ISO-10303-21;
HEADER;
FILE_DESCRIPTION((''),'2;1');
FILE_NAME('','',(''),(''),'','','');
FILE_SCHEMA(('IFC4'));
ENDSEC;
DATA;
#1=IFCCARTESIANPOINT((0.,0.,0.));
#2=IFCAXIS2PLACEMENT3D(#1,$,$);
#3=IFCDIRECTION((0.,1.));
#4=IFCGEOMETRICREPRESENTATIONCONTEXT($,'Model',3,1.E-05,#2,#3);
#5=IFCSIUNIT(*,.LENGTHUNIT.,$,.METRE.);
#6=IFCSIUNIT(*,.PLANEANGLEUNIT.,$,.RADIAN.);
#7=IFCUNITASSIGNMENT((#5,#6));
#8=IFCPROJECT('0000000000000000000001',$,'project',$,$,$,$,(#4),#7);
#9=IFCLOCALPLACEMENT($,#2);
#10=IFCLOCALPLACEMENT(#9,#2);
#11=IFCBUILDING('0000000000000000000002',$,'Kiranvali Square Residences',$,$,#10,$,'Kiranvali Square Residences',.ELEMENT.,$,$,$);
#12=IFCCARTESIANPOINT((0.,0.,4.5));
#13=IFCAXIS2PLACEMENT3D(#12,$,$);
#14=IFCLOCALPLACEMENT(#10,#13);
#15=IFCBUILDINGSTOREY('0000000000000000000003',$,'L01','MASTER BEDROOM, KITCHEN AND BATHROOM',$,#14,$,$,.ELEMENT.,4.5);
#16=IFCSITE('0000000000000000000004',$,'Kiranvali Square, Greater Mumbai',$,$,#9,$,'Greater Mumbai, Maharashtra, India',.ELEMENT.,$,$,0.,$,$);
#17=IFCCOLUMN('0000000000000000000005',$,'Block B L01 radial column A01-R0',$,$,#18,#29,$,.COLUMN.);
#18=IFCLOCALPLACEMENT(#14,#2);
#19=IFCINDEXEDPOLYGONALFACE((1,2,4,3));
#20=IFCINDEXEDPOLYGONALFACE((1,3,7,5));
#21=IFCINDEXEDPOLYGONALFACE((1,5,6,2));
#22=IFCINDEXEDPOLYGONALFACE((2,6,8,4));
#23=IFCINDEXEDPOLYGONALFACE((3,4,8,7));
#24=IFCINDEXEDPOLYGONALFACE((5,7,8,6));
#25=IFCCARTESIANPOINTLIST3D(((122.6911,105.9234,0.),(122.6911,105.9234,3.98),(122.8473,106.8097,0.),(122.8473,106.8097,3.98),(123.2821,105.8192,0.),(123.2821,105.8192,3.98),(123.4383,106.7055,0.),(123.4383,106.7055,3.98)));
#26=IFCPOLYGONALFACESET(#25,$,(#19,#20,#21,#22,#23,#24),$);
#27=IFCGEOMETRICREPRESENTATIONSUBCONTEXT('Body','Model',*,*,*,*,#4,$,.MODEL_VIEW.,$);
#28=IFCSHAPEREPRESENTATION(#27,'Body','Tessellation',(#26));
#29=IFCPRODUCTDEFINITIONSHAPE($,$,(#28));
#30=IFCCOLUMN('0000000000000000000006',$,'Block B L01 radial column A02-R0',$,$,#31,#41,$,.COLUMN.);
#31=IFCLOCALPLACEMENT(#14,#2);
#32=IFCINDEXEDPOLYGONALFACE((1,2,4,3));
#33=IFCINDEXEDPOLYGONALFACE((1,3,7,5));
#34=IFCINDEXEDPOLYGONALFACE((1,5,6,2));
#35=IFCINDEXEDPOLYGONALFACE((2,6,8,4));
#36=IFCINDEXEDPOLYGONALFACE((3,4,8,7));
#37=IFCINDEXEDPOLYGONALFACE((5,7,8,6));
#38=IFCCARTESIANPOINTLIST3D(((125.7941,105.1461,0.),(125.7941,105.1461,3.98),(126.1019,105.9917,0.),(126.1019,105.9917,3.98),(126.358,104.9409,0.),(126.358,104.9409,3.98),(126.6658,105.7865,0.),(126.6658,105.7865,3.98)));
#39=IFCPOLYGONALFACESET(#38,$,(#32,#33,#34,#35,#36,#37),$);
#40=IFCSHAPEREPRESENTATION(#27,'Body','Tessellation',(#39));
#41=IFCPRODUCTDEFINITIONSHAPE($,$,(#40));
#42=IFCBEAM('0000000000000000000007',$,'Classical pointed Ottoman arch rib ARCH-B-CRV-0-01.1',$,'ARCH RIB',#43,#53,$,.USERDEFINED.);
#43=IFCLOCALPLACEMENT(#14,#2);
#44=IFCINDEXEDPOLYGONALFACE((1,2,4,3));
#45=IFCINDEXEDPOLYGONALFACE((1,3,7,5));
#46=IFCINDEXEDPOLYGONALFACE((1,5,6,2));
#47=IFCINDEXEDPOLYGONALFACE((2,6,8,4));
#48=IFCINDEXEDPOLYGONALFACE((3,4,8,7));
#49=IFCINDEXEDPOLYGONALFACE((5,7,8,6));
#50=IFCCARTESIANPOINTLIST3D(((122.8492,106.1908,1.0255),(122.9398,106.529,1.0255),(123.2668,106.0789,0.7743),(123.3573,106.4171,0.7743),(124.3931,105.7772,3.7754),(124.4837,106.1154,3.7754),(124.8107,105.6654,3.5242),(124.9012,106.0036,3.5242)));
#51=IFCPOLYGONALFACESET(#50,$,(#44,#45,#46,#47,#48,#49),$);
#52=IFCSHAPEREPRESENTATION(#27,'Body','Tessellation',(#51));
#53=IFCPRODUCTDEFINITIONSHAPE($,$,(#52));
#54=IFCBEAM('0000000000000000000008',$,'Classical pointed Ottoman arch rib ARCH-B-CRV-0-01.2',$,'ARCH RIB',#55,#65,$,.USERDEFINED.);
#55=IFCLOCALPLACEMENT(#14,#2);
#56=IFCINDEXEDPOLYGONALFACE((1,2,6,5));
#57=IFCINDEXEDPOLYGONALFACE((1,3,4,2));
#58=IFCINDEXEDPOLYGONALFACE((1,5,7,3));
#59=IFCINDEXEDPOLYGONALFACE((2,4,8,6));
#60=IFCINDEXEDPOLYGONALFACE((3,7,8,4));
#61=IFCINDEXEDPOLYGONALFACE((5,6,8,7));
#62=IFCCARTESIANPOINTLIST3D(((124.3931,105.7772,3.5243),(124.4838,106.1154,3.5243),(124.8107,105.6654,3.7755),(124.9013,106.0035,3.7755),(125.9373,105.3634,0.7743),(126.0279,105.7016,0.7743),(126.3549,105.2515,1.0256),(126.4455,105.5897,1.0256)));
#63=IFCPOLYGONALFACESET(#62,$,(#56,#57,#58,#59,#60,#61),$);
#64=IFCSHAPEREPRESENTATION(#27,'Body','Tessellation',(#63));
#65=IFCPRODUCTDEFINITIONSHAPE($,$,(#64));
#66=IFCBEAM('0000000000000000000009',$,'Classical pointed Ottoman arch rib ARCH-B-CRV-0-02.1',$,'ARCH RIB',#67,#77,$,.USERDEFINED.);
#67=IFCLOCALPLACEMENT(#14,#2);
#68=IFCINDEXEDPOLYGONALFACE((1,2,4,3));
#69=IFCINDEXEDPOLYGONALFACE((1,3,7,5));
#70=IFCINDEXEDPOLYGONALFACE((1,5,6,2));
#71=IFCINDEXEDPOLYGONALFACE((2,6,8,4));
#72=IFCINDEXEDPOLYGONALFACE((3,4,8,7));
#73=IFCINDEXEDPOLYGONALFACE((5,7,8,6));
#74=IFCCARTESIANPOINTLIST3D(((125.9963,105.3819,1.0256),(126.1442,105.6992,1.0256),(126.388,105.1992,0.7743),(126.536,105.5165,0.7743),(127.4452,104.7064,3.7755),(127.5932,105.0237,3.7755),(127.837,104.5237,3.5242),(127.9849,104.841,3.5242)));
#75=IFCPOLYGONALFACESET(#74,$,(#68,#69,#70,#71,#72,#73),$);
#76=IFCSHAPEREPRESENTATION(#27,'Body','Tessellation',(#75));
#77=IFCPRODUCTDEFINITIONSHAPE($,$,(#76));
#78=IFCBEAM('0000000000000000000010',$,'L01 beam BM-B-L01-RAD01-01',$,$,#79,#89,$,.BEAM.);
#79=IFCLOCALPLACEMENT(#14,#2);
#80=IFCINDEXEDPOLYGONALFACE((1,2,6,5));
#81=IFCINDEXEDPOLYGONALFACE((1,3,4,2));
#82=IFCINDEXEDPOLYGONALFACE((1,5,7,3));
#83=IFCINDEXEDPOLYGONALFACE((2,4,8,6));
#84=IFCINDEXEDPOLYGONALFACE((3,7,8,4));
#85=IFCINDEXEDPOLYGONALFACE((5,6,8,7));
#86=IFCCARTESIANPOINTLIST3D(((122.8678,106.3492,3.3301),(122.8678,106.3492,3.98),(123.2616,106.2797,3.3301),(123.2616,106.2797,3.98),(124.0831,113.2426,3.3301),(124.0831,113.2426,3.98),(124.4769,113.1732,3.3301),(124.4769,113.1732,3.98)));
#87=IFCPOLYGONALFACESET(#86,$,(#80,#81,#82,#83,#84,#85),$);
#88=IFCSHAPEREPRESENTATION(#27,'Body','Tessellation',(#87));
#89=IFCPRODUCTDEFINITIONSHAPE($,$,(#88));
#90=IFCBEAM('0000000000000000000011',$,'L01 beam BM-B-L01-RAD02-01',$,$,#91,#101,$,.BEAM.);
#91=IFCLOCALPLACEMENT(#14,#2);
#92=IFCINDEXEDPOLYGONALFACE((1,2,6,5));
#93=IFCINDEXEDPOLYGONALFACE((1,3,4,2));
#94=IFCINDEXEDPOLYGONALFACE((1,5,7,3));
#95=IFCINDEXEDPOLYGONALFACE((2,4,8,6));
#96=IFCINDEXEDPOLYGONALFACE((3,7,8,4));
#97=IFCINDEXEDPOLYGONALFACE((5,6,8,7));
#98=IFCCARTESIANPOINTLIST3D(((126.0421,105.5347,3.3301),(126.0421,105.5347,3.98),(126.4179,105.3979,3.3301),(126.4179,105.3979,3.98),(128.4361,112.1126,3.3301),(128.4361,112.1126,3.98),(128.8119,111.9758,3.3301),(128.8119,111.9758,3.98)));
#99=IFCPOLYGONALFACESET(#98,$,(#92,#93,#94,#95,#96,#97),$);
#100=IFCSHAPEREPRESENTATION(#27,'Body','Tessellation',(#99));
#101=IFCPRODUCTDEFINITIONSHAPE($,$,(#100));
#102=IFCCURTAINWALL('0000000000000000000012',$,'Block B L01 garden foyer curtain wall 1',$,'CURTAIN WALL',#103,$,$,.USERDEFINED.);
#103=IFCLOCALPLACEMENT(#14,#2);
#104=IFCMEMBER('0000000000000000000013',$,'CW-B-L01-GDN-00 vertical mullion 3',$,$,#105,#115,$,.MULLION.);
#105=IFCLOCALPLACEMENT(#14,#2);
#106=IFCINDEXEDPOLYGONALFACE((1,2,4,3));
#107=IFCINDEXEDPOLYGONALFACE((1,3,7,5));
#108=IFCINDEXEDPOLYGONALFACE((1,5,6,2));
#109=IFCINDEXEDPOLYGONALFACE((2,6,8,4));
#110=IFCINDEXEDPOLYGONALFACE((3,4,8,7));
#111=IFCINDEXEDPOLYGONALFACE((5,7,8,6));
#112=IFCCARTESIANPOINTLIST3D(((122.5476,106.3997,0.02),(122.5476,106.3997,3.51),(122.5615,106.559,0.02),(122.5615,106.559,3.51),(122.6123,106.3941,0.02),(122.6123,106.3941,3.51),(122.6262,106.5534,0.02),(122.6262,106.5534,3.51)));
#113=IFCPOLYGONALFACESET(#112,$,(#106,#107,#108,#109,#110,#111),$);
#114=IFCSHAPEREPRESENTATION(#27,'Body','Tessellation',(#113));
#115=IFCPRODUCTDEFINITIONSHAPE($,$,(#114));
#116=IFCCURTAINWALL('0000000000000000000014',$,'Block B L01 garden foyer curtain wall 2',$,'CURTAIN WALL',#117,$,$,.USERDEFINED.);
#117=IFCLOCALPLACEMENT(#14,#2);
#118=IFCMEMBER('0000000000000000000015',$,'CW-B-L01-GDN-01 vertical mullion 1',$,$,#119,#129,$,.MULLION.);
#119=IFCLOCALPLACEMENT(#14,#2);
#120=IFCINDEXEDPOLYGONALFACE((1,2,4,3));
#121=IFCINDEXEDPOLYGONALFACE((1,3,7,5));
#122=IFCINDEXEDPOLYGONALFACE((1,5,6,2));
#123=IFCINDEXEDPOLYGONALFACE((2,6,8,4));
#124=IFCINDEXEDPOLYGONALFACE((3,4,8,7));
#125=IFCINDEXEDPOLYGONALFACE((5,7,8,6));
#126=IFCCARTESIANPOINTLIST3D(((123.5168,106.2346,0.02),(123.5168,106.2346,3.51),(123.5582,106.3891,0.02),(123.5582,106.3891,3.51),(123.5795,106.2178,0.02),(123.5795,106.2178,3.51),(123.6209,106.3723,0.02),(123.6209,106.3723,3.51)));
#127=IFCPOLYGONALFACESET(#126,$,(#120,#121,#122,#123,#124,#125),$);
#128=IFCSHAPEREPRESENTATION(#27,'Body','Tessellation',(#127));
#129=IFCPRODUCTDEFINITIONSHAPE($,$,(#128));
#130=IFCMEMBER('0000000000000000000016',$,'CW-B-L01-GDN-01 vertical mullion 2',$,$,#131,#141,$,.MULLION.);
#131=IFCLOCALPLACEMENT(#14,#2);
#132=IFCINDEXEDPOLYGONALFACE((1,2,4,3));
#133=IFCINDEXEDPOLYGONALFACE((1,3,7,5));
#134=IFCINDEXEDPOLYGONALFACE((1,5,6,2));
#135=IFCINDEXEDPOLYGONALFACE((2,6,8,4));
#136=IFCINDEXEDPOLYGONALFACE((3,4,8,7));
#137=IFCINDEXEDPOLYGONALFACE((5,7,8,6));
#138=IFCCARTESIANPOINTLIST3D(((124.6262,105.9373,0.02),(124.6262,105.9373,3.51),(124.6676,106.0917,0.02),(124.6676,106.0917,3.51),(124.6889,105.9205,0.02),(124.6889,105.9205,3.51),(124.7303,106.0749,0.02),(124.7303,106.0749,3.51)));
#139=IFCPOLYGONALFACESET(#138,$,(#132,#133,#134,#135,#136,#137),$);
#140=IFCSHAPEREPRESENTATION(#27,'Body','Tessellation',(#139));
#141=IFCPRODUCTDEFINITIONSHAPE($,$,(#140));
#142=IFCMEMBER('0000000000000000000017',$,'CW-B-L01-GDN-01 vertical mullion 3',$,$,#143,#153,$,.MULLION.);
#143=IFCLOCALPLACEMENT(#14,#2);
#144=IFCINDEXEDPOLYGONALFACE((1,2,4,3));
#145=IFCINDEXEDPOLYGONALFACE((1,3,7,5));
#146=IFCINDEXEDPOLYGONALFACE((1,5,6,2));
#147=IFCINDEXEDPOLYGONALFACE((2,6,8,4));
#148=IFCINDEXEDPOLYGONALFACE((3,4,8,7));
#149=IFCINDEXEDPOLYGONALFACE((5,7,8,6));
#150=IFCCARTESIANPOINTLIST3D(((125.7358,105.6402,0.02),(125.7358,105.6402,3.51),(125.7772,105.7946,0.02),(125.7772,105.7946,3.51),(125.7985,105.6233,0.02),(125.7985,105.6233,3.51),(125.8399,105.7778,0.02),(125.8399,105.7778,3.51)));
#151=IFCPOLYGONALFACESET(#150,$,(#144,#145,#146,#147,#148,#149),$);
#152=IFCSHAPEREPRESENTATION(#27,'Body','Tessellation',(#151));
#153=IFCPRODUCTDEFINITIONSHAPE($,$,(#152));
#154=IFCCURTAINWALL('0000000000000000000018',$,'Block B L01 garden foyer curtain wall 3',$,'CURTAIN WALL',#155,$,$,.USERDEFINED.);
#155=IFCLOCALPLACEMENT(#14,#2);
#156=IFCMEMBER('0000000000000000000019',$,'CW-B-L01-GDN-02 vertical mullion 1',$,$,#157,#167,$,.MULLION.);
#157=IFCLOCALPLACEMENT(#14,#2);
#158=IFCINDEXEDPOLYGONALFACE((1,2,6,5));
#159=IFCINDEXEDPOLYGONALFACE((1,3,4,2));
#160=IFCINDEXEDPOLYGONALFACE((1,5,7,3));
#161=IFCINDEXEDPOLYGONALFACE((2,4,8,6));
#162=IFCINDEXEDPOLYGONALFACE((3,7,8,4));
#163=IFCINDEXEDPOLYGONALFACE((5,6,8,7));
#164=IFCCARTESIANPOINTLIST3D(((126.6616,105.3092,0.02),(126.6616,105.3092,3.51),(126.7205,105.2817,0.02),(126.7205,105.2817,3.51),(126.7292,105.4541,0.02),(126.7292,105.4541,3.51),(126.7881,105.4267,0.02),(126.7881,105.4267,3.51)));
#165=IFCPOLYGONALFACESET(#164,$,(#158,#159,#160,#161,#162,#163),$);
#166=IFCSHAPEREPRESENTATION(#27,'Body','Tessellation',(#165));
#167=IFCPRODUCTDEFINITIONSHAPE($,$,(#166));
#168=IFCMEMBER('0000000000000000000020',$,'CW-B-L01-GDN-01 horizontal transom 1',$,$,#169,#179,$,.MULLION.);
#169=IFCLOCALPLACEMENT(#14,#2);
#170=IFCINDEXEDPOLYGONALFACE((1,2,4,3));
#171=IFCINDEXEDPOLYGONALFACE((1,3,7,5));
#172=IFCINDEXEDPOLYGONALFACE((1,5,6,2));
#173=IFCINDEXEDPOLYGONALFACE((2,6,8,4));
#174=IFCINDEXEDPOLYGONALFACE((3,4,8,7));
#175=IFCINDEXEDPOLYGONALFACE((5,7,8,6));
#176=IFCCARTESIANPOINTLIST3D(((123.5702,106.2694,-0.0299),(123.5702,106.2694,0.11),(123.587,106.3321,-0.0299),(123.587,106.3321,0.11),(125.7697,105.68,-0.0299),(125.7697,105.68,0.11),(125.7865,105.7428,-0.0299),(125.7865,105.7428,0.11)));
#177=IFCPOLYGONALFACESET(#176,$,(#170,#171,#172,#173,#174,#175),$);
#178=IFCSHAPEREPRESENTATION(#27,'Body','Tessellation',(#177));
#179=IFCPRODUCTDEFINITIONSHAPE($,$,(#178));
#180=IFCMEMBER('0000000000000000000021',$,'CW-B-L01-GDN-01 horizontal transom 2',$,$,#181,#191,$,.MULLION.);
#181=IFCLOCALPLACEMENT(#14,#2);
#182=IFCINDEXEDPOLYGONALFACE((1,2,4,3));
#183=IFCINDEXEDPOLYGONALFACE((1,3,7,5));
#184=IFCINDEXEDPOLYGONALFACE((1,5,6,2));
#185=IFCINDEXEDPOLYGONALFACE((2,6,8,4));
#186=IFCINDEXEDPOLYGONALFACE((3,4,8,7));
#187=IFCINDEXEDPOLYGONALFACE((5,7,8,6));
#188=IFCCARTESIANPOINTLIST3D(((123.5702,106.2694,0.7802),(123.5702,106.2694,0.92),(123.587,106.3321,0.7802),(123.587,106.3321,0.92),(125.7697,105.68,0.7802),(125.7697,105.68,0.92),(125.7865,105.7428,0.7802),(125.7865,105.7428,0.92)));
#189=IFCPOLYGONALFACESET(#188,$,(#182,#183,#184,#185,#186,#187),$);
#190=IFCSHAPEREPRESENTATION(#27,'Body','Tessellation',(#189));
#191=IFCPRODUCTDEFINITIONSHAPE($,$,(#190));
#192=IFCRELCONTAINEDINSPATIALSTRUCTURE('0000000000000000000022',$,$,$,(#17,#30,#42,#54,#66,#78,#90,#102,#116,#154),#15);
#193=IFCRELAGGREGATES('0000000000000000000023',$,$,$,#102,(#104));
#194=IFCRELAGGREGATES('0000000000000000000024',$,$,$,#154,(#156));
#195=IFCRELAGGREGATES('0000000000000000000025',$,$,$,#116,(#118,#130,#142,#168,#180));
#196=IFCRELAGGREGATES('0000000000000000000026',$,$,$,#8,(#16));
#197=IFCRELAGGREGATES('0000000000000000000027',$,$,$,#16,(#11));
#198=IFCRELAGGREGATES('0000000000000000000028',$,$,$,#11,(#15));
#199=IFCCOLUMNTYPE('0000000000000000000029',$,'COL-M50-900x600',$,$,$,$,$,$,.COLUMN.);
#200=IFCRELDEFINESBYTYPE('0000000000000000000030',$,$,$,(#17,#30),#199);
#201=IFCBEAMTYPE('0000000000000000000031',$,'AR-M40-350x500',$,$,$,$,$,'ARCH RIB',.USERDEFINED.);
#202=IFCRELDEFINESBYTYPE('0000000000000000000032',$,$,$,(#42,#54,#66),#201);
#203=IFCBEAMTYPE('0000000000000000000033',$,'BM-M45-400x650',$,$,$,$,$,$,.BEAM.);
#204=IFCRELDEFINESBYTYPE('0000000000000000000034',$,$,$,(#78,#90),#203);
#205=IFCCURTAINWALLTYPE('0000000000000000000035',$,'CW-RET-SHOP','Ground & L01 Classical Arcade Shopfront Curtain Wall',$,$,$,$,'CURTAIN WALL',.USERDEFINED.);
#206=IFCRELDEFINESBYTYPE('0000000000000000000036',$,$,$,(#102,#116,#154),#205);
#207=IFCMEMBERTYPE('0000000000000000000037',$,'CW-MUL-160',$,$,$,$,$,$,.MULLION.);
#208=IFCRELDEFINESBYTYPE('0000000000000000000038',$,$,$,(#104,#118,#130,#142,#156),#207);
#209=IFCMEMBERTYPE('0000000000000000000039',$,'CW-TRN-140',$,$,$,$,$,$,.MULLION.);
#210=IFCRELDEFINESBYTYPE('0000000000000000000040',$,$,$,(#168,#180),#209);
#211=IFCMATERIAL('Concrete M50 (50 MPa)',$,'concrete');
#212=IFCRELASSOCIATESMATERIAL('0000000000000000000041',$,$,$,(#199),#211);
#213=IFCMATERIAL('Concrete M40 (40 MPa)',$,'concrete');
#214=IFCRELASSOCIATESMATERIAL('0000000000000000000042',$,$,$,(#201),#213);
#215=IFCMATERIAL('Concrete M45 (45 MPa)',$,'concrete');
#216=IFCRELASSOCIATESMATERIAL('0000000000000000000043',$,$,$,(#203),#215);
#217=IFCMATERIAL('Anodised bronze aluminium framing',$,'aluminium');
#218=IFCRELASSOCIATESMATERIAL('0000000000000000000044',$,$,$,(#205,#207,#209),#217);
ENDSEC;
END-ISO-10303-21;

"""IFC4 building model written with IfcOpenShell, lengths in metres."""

from ifc_helpers import new_model, si_unit, direction, frame, origin, origin_2d, place, context, subcontext, project, spatial, rectangle, extrude, material, material_profile, profile_set, type_object, element, aggregate, save


model = new_model("IFC4")

# Units and contexts
model_context = context("Model", 3, precision=1e-05, world=origin(), true_north=direction((0.0, 1.0)))
body_context = subcontext(model_context, "Body", "Model", "MODEL_VIEW")
ifc_project = project(units=[si_unit("LENGTHUNIT", "METRE"), si_unit("PLANEANGLEUNIT", "RADIAN")], contexts=[model_context])

# Site, building, storey
site_placement = place(None, origin())
site = spatial("IfcSite", under=ifc_project, at=site_placement, Name="Kiranvali Square, Greater Mumbai", LongName="Greater Mumbai, Maharashtra, India", CompositionType="ELEMENT", RefElevation=0.0)
building_placement = place(site_placement, origin())
building = spatial("IfcBuilding", under=site, at=building_placement, Name="Kiranvali Square Residences", LongName="Kiranvali Square Residences", CompositionType="ELEMENT")
storey_placement = place(building_placement, frame((0.0, 0.0, 4.5)))
storey = spatial("IfcBuildingStorey", under=building, at=storey_placement, Name="L01", Description="MASTER BEDROOM, KITCHEN AND BATHROOM", CompositionType="ELEMENT", Elevation=4.5)

# Columns
ifc_material_1 = material(Name="Concrete M50 (50 MPa)", Category="concrete")
ifc_material_profile_1 = material_profile(ifc_material_1, rectangle(XDim=0.6001, YDim=0.8999, at=origin_2d()), Name="RC 900x600")
ifc_profile_set_1 = profile_set([ifc_material_profile_1], Name="Concrete M50 (50 MPa)")
column_type = type_object("IfcColumnType", Name="COL-M50-900x600", PredefinedType="COLUMN", material=ifc_profile_set_1)
for number, where, z_axis, x_axis, name in (
    (1, (123.0647, 106.3145, 0.0), (0.0, 0.0, 1.0), (-0.984808, 0.173648, 0.0), "Block B L01 radial column A01-R0"),
    (2, (126.23, 105.4663, 0.0), (0.0, 0.0, 1.0), (-0.939693, 0.34202, 0.0), "Block B L01 radial column A02-R0"),
):
    element("IfcColumn", number, at=place(storey_placement, frame(where, z_axis=z_axis, x_axis=x_axis)), inside=storey, type_object=column_type, Name=name, PredefinedType="COLUMN", context=body_context, shape_type="SweptSolid", body=[
        extrude(rectangle(XDim=0.6001, YDim=0.8999, at=origin_2d()), origin(), (0.0, 0.0, 1.0), 3.98),
    ])

# Beams
ifc_material_2 = material(Name="Concrete M40 (40 MPa)", Category="concrete")
ifc_material_profile_2 = material_profile(ifc_material_2, rectangle(XDim=0.3501, YDim=0.5, at=origin_2d()), Name="RC 350x500")
ifc_profile_set_2 = profile_set([ifc_material_profile_2], Name="Concrete M40 (40 MPa)")
beam_type_1 = type_object("IfcBeamType", Name="AR-M40-350x500", ElementType="ARCH RIB", PredefinedType="USERDEFINED", material=ifc_profile_set_2)
beam_1_placement = place(storey_placement, frame((123.1033, 106.304, 0.8999), z_axis=(0.4854, -0.130023, 0.86457), x_axis=(0.258746, 0.965945, 0.0)))
element("IfcBeam", 3, at=beam_1_placement, inside=storey, type_object=beam_type_1, Name="Classical pointed Ottoman arch rib ARCH-B-CRV-0-01.1", ObjectType="ARCH RIB", PredefinedType="USERDEFINED", context=body_context, shape_type="SweptSolid", body=[
    extrude(rectangle(XDim=0.3501, YDim=0.5, at=origin_2d()), origin(), (0.0, 0.0, 1.0), 3.1807),
])
for number, where, z_axis, x_axis, name in (
    (4, (124.6472, 105.8904, 3.6499), (0.485453, -0.130094, -0.864529), (0.258851, 0.965917, 0.0), "Classical pointed Ottoman arch rib ARCH-B-CRV-0-01.2"),
    (5, (126.2661, 105.4492, 0.8999), (0.455518, -0.21237, 0.864524), (0.422551, 0.906339, 0.0), "Classical pointed Ottoman arch rib ARCH-B-CRV-0-02.1"),
):
    element("IfcBeam", number, at=place(storey_placement, frame(where, z_axis=z_axis, x_axis=x_axis)), inside=storey, type_object=beam_type_1, Name=name, ObjectType="ARCH RIB", PredefinedType="USERDEFINED", context=body_context, shape_type="SweptSolid", body=[
        extrude(rectangle(XDim=0.3501, YDim=0.5, at=origin_2d()), origin(), (0.0, 0.0, 1.0), 3.1809),
    ])
ifc_material_3 = material(Name="Concrete M45 (45 MPa)", Category="concrete")
ifc_material_profile_3 = material_profile(ifc_material_3, rectangle(XDim=0.3999, YDim=0.6499, at=origin_2d()), Name="RC 400x650")
ifc_profile_set_3 = profile_set([ifc_material_profile_3], Name="Concrete M45 (45 MPa)")
beam_type_2 = type_object("IfcBeamType", Name="BM-M45-400x650", PredefinedType="BEAM", material=ifc_profile_set_3)
beam_2_placement = place(storey_placement, frame((123.0647, 106.3145, 3.655), z_axis=(0.173622, 0.984812, 0.0), x_axis=(-0.984812, 0.173622, 0.0)))
element("IfcBeam", 6, at=beam_2_placement, inside=storey, type_object=beam_type_2, Name="L01 beam BM-B-L01-RAD01-01", PredefinedType="BEAM", context=body_context, shape_type="SweptSolid", body=[
    extrude(rectangle(XDim=0.3999, YDim=0.6499, at=origin_2d()), origin(), (0.0, 0.0, 1.0), 6.9998),
])
beam_3_placement = place(storey_placement, frame((126.23, 105.4663, 3.655), z_axis=(0.342006, 0.939698, 0.0), x_axis=(-0.939698, 0.342006, 0.0)))
element("IfcBeam", 7, at=beam_3_placement, inside=storey, type_object=beam_type_2, Name="L01 beam BM-B-L01-RAD02-01", PredefinedType="BEAM", context=body_context, shape_type="SweptSolid", body=[
    extrude(rectangle(XDim=0.3999, YDim=0.6499, at=origin_2d()), origin(), (0.0, 0.0, 1.0), 7.0),
])

# Curtain wall, member
ifc_material_4 = material(Name="Anodised bronze aluminium framing", Category="aluminium")
curtain_wall_type = type_object("IfcCurtainWallType", Name="CW-RET-SHOP", Description="Ground & L01 Classical Arcade Shopfront Curtain Wall", ElementType="CURTAIN WALL", PredefinedType="USERDEFINED", material=ifc_material_4)
curtain_wall_1_placement = place(storey_placement, origin())
curtain_wall_1 = element("IfcCurtainWall", 8, at=curtain_wall_1_placement, inside=storey, type_object=curtain_wall_type, Name="Block B L01 garden foyer curtain wall 1", ObjectType="CURTAIN WALL", PredefinedType="USERDEFINED")
ifc_material_profile_4 = material_profile(ifc_material_4, rectangle(XDim=0.0649, YDim=0.1599, at=origin_2d()), Name="ALU 65x160")
ifc_profile_set_4 = profile_set([ifc_material_profile_4], Name="Anodised bronze aluminium framing")
member_type_1 = type_object("IfcMemberType", Name="CW-MUL-160", PredefinedType="MULLION", material=ifc_profile_set_4)
member_1_placement = place(storey_placement, frame((122.5869, 106.4766, 0.02), z_axis=(0.0, 0.0, 1.0), x_axis=(0.996195, -0.087156, 0.0)))
member_1 = element("IfcMember", 9, at=member_1_placement, type_object=member_type_1, Name="CW-B-L01-GDN-00 vertical mullion 3", PredefinedType="MULLION", context=body_context, shape_type="SweptSolid", body=[
    extrude(rectangle(XDim=0.0649, YDim=0.1599, at=origin_2d()), origin(), (0.0, 0.0, 1.0), 3.49),
])
aggregate(curtain_wall_1, [member_1])

# Curtain wall, members
curtain_wall_2_placement = place(storey_placement, origin())
curtain_wall_2 = element("IfcCurtainWall", 10, at=curtain_wall_2_placement, inside=storey, type_object=curtain_wall_type, Name="Block B L01 garden foyer curtain wall 2", ObjectType="CURTAIN WALL", PredefinedType="USERDEFINED")
member_2_placement = place(storey_placement, frame((123.5688, 106.3035, 0.02), z_axis=(0.0, 0.0, 1.0), x_axis=(0.965926, -0.258819, 0.0)))
member_2 = element("IfcMember", 11, at=member_2_placement, type_object=member_type_1, Name="CW-B-L01-GDN-01 vertical mullion 1", PredefinedType="MULLION", context=body_context, shape_type="SweptSolid", body=[
    extrude(rectangle(XDim=0.0649, YDim=0.1599, at=origin_2d()), origin(), (0.0, 0.0, 1.0), 3.49),
])
member_3_placement = place(storey_placement, frame((124.6782, 106.0061, 0.02), z_axis=(0.0, 0.0, 1.0), x_axis=(0.965926, -0.258819, 0.0)))
member_3 = element("IfcMember", 12, at=member_3_placement, type_object=member_type_1, Name="CW-B-L01-GDN-01 vertical mullion 2", PredefinedType="MULLION", context=body_context, shape_type="SweptSolid", body=[
    extrude(rectangle(XDim=0.0649, YDim=0.1599, at=origin_2d()), origin(), (0.0, 0.0, 1.0), 3.49),
])
member_4_placement = place(storey_placement, frame((125.7878, 105.709, 0.02), z_axis=(0.0, 0.0, 1.0), x_axis=(0.965926, -0.258819, 0.0)))
member_4 = element("IfcMember", 13, at=member_4_placement, type_object=member_type_1, Name="CW-B-L01-GDN-01 vertical mullion 3", PredefinedType="MULLION", context=body_context, shape_type="SweptSolid", body=[
    extrude(rectangle(XDim=0.0649, YDim=0.1599, at=origin_2d()), origin(), (0.0, 0.0, 1.0), 3.49),
])

# Curtain wall, member
curtain_wall_3_placement = place(storey_placement, origin())
curtain_wall_3 = element("IfcCurtainWall", 14, at=curtain_wall_3_placement, inside=storey, type_object=curtain_wall_type, Name="Block B L01 garden foyer curtain wall 3", ObjectType="CURTAIN WALL", PredefinedType="USERDEFINED")
member_5_placement = place(storey_placement, frame((126.7249, 105.3679, 0.02), z_axis=(0.0, 0.0, 1.0), x_axis=(0.906308, -0.422618, 0.0)))
member_5 = element("IfcMember", 15, at=member_5_placement, type_object=member_type_1, Name="CW-B-L01-GDN-02 vertical mullion 1", PredefinedType="MULLION", context=body_context, shape_type="SweptSolid", body=[
    extrude(rectangle(XDim=0.0649, YDim=0.1599, at=origin_2d()), origin(), (0.0, 0.0, 1.0), 3.49),
])

# Members
ifc_material_profile_5 = material_profile(ifc_material_4, rectangle(XDim=0.0649, YDim=0.1399, at=origin_2d()), Name="ALU 65x140")
ifc_profile_set_5 = profile_set([ifc_material_profile_5], Name="Anodised bronze aluminium framing")
member_type_2 = type_object("IfcMemberType", Name="CW-TRN-140", PredefinedType="MULLION", material=ifc_profile_set_5)
member_6_placement = place(storey_placement, frame((123.5786, 106.3008, 0.04), z_axis=(0.965925, -0.258824, 0.0), x_axis=(0.258824, 0.965925, 0.0)))
member_6 = element("IfcMember", 16, at=member_6_placement, type_object=member_type_2, Name="CW-B-L01-GDN-01 horizontal transom 1", PredefinedType="MULLION", context=body_context, shape_type="SweptSolid", body=[
    extrude(rectangle(XDim=0.0649, YDim=0.1399, at=origin_2d()), origin(), (0.0, 0.0, 1.0), 2.2771),
])
member_7_placement = place(storey_placement, frame((123.5786, 106.3008, 0.8501), z_axis=(0.965925, -0.258824, 0.0), x_axis=(0.258824, 0.965925, 0.0)))
member_7 = element("IfcMember", 17, at=member_7_placement, type_object=member_type_2, Name="CW-B-L01-GDN-01 horizontal transom 2", PredefinedType="MULLION", context=body_context, shape_type="SweptSolid", body=[
    extrude(rectangle(XDim=0.0649, YDim=0.1399, at=origin_2d()), origin(), (0.0, 0.0, 1.0), 2.2771),
])
aggregate(curtain_wall_3, [member_5])

aggregate(curtain_wall_2, [member_2, member_3, member_4, member_6, member_7])

save(model, "model.ifc")
